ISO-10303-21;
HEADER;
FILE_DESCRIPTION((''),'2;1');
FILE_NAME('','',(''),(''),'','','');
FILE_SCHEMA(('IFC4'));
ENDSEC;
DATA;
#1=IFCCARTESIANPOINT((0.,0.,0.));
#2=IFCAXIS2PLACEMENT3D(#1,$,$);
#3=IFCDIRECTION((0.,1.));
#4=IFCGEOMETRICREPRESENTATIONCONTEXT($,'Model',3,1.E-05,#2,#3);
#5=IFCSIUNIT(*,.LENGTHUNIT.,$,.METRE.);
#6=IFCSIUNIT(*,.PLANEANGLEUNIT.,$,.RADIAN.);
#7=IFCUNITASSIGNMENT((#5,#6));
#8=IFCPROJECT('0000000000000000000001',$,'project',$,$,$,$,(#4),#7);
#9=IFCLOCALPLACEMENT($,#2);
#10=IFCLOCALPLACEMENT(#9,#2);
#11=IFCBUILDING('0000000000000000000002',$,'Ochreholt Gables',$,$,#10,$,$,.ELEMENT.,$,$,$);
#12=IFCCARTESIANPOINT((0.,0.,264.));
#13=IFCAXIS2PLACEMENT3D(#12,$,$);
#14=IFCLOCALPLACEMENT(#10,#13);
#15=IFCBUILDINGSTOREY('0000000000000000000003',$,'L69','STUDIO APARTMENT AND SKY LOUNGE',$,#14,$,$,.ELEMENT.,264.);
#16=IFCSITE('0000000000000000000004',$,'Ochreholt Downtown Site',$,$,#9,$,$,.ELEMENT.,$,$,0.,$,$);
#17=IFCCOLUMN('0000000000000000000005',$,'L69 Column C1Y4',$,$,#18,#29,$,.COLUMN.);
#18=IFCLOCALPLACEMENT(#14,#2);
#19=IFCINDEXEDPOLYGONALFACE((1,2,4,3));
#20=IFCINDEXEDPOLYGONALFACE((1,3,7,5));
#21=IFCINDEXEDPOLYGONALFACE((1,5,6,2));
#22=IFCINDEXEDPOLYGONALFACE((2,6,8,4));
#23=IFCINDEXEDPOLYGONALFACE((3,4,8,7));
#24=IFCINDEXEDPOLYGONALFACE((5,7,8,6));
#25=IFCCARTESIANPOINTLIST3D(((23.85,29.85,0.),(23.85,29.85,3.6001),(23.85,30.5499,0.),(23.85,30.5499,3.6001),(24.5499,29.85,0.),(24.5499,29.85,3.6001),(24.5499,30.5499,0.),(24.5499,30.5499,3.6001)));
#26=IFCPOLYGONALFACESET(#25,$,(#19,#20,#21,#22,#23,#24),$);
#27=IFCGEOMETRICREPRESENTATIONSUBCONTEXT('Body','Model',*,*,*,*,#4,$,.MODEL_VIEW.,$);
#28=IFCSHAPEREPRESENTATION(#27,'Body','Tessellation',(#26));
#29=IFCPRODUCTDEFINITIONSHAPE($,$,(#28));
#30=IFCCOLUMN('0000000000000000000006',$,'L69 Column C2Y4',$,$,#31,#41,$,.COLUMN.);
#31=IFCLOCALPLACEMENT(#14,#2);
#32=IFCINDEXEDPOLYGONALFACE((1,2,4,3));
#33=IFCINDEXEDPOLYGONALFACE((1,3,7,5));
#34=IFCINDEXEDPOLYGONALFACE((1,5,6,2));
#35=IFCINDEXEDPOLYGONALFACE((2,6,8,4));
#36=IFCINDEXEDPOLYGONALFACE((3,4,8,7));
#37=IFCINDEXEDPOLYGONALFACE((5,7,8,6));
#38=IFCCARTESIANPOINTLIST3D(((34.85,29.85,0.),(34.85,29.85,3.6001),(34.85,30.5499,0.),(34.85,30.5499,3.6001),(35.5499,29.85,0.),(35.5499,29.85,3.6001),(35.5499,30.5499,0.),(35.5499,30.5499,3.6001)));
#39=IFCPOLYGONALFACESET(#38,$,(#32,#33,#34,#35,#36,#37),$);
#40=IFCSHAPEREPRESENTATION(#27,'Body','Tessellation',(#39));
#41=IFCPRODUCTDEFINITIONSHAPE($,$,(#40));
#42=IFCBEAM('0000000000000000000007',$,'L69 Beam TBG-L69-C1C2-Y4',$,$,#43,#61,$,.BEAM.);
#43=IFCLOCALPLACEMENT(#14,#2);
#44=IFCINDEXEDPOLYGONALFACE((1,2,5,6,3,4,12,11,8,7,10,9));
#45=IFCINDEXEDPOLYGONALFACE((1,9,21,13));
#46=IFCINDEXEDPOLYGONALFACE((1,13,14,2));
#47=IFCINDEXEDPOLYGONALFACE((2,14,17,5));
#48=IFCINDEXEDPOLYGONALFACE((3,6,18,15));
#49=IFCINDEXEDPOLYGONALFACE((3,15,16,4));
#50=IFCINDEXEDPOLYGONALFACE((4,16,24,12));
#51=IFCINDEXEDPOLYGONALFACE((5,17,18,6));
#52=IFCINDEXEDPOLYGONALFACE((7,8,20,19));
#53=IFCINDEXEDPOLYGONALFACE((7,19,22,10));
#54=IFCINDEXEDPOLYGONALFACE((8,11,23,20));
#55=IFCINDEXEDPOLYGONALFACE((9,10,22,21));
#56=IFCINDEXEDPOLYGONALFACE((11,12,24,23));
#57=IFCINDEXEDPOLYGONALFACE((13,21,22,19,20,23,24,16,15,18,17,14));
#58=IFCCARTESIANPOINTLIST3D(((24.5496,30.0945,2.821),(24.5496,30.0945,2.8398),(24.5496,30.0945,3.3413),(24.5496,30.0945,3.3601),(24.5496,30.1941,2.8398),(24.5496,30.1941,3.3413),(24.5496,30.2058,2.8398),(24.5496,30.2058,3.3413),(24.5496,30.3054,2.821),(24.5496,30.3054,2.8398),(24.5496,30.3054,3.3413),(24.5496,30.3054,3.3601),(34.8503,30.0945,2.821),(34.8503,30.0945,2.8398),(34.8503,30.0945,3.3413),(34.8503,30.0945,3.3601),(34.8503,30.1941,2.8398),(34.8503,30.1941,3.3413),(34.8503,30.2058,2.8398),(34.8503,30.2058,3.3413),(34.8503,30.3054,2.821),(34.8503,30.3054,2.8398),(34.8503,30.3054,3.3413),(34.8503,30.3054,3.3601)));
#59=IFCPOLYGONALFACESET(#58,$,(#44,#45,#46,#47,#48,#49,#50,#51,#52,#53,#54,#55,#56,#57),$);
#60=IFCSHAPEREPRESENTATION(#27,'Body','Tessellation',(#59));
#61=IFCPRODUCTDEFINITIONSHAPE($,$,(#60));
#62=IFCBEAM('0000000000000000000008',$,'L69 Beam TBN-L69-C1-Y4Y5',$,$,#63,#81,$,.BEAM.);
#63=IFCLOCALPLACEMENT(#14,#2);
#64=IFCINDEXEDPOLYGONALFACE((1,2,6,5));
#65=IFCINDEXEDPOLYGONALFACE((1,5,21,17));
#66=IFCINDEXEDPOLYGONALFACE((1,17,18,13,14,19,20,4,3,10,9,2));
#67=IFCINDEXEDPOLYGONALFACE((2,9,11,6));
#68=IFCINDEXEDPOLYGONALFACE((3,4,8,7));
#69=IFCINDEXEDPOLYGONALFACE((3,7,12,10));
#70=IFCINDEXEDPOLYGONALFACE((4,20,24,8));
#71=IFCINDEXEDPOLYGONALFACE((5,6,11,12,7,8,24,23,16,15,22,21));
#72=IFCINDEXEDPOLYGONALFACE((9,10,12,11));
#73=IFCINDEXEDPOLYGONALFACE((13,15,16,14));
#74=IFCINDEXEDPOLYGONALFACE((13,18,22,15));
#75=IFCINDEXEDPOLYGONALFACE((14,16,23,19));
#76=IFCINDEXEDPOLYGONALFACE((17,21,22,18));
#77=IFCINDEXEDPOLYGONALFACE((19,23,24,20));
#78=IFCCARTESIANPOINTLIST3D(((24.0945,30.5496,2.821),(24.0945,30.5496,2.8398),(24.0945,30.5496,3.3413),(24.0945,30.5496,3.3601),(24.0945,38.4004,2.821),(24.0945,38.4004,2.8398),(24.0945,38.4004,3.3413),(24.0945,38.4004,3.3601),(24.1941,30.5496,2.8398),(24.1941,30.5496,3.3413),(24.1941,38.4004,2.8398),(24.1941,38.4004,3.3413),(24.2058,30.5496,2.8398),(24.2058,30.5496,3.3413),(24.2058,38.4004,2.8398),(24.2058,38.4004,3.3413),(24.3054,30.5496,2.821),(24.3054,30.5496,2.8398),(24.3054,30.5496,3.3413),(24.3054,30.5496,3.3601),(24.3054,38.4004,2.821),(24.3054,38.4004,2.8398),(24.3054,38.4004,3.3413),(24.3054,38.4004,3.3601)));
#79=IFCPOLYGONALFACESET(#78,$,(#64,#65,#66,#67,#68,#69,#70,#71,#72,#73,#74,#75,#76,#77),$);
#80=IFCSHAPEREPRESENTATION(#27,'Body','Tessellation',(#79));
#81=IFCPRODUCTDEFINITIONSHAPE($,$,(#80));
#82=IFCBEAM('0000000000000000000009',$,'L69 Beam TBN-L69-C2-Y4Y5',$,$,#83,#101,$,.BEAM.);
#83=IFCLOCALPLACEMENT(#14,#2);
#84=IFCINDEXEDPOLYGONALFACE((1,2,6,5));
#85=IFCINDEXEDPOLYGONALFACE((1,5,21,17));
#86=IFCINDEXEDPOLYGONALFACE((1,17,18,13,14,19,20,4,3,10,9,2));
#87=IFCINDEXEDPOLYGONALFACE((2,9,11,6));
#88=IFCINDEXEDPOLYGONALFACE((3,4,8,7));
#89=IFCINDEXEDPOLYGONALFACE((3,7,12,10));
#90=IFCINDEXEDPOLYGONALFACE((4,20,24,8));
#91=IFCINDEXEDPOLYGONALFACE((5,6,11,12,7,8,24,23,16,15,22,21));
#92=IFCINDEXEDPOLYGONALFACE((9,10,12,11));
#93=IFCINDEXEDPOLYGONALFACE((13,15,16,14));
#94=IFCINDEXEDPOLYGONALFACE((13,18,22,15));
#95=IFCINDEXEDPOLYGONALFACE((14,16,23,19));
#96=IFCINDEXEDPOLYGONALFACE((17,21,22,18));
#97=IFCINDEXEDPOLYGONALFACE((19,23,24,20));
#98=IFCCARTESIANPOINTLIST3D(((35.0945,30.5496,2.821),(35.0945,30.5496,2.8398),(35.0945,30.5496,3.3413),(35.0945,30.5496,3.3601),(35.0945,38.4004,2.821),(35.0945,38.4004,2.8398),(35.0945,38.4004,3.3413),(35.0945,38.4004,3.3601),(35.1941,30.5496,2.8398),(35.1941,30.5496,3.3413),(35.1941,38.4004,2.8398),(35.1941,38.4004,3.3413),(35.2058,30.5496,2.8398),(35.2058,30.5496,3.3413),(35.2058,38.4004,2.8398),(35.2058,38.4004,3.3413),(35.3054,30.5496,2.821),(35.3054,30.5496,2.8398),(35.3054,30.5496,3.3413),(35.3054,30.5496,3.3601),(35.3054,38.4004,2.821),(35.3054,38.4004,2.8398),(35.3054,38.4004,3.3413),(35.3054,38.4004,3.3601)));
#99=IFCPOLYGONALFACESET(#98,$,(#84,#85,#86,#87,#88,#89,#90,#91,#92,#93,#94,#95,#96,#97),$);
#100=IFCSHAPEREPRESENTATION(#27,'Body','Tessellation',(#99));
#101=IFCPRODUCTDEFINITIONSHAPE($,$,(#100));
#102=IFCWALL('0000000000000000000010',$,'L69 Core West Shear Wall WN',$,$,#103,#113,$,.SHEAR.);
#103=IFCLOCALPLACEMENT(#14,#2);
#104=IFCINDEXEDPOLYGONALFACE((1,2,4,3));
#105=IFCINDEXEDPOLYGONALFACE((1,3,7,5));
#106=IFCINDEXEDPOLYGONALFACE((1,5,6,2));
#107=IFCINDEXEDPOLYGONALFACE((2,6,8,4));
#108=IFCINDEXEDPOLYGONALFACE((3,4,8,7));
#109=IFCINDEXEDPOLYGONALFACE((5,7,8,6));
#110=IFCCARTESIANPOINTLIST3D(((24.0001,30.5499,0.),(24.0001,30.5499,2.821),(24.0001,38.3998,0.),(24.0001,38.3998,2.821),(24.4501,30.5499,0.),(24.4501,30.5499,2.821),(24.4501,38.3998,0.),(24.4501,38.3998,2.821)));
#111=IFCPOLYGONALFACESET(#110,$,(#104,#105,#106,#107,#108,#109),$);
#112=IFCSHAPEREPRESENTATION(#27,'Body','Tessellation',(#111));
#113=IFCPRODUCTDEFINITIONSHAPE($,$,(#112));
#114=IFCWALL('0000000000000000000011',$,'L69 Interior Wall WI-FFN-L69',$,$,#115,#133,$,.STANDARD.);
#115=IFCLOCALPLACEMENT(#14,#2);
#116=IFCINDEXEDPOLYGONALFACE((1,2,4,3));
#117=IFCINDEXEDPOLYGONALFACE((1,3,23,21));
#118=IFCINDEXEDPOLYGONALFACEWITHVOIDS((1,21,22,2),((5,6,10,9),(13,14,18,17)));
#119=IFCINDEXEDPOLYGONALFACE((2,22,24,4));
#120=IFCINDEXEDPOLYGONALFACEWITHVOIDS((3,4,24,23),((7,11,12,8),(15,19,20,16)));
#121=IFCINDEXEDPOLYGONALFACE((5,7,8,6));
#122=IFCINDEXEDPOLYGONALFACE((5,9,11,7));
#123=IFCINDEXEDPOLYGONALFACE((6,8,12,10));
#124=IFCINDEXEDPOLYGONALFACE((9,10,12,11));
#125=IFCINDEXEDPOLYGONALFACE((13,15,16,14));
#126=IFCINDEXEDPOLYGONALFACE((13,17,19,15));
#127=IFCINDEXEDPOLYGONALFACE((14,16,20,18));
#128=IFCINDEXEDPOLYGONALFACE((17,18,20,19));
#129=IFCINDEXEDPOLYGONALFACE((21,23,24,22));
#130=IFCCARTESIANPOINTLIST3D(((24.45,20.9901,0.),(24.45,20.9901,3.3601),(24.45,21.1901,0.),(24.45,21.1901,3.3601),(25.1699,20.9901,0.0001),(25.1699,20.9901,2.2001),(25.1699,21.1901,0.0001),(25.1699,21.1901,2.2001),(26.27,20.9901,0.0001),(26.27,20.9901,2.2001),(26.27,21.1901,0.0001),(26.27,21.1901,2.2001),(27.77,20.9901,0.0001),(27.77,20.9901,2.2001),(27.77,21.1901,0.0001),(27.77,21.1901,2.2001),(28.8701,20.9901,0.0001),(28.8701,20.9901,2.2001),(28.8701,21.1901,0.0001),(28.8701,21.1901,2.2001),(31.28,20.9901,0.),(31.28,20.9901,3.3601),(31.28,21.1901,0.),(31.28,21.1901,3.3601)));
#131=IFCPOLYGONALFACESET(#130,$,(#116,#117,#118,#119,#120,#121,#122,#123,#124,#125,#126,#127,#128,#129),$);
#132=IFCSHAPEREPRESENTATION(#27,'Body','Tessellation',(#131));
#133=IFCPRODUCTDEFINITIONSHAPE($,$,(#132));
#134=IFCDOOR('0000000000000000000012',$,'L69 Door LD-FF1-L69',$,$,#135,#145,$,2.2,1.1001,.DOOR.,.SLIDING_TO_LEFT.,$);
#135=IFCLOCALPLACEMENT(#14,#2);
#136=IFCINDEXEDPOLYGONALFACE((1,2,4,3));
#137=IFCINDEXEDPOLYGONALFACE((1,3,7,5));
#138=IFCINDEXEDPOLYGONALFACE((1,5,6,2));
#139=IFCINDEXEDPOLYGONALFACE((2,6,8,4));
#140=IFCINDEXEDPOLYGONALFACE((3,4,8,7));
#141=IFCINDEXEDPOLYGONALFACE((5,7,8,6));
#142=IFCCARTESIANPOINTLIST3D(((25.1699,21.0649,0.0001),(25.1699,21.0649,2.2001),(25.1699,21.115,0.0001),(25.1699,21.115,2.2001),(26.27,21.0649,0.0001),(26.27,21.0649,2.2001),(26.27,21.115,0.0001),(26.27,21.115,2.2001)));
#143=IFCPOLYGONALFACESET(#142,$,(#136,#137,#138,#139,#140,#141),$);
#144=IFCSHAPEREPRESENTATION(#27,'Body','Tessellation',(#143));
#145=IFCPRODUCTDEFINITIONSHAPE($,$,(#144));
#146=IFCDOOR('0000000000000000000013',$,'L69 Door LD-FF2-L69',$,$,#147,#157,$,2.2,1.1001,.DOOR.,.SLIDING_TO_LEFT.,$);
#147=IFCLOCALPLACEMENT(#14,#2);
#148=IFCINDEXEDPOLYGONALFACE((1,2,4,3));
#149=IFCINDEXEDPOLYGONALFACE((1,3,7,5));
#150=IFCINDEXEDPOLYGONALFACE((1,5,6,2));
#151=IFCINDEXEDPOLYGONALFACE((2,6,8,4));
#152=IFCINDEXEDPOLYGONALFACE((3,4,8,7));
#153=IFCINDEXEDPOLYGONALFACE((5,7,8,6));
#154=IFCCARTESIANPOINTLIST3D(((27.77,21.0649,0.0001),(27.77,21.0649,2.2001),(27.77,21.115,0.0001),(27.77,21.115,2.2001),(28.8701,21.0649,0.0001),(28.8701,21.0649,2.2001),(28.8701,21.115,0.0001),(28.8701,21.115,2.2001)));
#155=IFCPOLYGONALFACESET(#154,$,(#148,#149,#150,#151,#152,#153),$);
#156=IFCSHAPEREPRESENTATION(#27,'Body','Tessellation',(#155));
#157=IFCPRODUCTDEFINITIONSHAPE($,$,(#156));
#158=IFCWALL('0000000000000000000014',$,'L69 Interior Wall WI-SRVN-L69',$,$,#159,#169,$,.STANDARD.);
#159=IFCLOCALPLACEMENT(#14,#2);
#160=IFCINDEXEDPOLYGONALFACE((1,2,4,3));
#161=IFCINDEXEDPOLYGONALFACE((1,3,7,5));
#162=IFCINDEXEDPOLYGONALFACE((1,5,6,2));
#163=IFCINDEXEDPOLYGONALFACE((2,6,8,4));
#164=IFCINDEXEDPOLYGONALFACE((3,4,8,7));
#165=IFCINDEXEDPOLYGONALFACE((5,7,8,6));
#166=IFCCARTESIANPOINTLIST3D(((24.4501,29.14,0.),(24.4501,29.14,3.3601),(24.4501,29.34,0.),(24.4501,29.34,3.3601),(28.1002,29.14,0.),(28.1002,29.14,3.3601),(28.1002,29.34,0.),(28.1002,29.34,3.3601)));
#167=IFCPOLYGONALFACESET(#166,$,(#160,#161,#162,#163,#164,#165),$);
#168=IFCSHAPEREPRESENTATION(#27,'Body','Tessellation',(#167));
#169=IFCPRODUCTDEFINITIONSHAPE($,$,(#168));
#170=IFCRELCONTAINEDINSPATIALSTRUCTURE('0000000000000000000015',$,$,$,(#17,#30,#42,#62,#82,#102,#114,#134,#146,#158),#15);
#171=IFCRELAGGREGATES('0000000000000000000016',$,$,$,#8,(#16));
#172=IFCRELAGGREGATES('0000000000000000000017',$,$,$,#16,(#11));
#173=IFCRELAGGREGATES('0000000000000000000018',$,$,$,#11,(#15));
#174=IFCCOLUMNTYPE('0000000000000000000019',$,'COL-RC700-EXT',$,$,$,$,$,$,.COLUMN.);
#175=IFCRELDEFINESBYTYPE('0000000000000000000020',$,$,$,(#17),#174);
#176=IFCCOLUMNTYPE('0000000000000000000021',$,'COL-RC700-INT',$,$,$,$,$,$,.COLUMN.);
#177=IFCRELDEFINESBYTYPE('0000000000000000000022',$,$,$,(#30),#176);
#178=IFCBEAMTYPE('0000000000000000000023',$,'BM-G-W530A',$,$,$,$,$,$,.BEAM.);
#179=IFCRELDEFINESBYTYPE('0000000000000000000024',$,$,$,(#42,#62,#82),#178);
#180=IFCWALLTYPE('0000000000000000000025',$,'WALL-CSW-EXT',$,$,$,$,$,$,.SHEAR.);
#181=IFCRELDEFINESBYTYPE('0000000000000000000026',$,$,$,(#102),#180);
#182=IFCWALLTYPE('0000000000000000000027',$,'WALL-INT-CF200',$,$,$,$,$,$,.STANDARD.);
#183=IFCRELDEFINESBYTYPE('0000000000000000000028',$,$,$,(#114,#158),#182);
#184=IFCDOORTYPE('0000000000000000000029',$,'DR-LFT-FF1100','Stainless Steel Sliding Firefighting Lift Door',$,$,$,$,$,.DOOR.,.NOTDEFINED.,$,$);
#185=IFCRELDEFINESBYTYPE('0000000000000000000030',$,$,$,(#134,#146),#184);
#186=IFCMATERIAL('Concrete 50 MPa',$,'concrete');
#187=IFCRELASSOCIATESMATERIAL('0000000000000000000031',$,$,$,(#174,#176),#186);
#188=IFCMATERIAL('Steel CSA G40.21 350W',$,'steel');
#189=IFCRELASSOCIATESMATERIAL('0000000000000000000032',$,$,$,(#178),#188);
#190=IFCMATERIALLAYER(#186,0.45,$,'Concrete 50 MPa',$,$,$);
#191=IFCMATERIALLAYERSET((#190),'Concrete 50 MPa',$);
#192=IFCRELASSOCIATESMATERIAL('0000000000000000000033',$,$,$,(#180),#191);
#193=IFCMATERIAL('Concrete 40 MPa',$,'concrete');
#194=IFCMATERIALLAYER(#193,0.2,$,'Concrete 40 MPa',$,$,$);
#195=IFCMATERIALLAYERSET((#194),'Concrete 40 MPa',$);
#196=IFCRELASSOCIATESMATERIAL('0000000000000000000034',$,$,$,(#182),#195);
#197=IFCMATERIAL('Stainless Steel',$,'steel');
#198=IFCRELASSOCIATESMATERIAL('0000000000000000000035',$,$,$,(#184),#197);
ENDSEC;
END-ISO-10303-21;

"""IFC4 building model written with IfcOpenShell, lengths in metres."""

from ifc_helpers import new_model, si_unit, direction, frame, frame_2d, origin, origin_2d, place, context, subcontext, project, spatial, rectangle, i_section, extrude, material, layer, layer_set, material_profile, profile_set, type_object, element, fill, save


model = new_model("IFC4")

# Units and contexts
model_context = context("Model", 3, precision=1e-05, world=origin(), true_north=direction((0.0, 1.0)))
body_context = subcontext(model_context, "Body", "Model", "MODEL_VIEW")
ifc_project = project(units=[si_unit("LENGTHUNIT", "METRE"), si_unit("PLANEANGLEUNIT", "RADIAN")], contexts=[model_context])

# Site, building, storey
site_placement = place(None, origin())
site = spatial("IfcSite", under=ifc_project, at=site_placement, Name="Ochreholt Downtown Site", CompositionType="ELEMENT", RefElevation=0.0)
building_placement = place(site_placement, origin())
building = spatial("IfcBuilding", under=site, at=building_placement, Name="Ochreholt Gables", CompositionType="ELEMENT")
storey_placement = place(building_placement, frame((0.0, 0.0, 264.0)))
storey = spatial("IfcBuildingStorey", under=building, at=storey_placement, Name="L69", Description="STUDIO APARTMENT AND SKY LOUNGE", CompositionType="ELEMENT", Elevation=264.0)

# Columns
ifc_material_1 = material(Name="Concrete 50 MPa", Category="concrete")
ifc_material_profile_1 = material_profile(ifc_material_1, rectangle(XDim=0.7, YDim=0.7, at=origin_2d()), Name="RC700X700")
ifc_profile_set_1 = profile_set([ifc_material_profile_1], Name="Concrete 50 MPa")
column_type_1 = type_object("IfcColumnType", Name="COL-RC700-EXT", PredefinedType="COLUMN", material=ifc_profile_set_1)
column_1_placement = place(storey_placement, frame((24.2, 30.2, 0.0), z_axis=(0.0, 0.0, 1.0), x_axis=(1.0, 0.0, 0.0)))
element("IfcColumn", 1, at=column_1_placement, inside=storey, type_object=column_type_1, Name="L69 Column C1Y4", PredefinedType="COLUMN", context=body_context, shape_type="SweptSolid", body=[
    extrude(rectangle(XDim=0.7, YDim=0.7, at=origin_2d()), origin(), (0.0, 0.0, 1.0), 3.6001),
])
ifc_material_profile_2 = material_profile(ifc_material_1, rectangle(XDim=0.7, YDim=0.7, at=origin_2d()), Name="RC700X700")
ifc_profile_set_2 = profile_set([ifc_material_profile_2], Name="Concrete 50 MPa")
column_type_2 = type_object("IfcColumnType", Name="COL-RC700-INT", PredefinedType="COLUMN", material=ifc_profile_set_2)
column_2_placement = place(storey_placement, frame((35.2, 30.2, 0.0), z_axis=(0.0, 0.0, 1.0), x_axis=(1.0, 0.0, 0.0)))
element("IfcColumn", 2, at=column_2_placement, inside=storey, type_object=column_type_2, Name="L69 Column C2Y4", PredefinedType="COLUMN", context=body_context, shape_type="SweptSolid", body=[
    extrude(rectangle(XDim=0.7, YDim=0.7, at=origin_2d()), origin(), (0.0, 0.0, 1.0), 3.6001),
])

# Beams
ifc_material_2 = material(Name="Steel CSA G40.21 350W", Category="steel")
ifc_material_profile_3 = material_profile(ifc_material_2, i_section(OverallWidth=0.2109, OverallDepth=0.5391, WebThickness=0.0117, FlangeThickness=0.0188, at=origin_2d()), Name="W530X109")
ifc_profile_set_3 = profile_set([ifc_material_profile_3], Name="Steel CSA G40.21 350W")
beam_type = type_object("IfcBeamType", Name="BM-G-W530A", PredefinedType="BEAM", material=ifc_profile_set_3)
beam_placement = place(storey_placement, frame((24.5496, 30.2, 3.0906), z_axis=(1.0, 0.0, 0.0), x_axis=(0.0, 1.0, 0.0)))
element("IfcBeam", 3, at=beam_placement, inside=storey, type_object=beam_type, Name="L69 Beam TBG-L69-C1C2-Y4", PredefinedType="BEAM", context=body_context, shape_type="SweptSolid", body=[
    extrude(i_section(OverallWidth=0.2109, OverallDepth=0.5391, WebThickness=0.0117, FlangeThickness=0.0188, at=origin_2d()), origin(), (0.0, 0.0, 1.0), 10.3008),
])
for number, where, z_axis, x_axis, name in (
    (4, (24.2, 30.5496, 3.0906), (0.0, 1.0, 0.0), (-1.0, 0.0, 0.0), "L69 Beam TBN-L69-C1-Y4Y5"),
    (5, (35.2, 30.5496, 3.0906), (0.0, 1.0, 0.0), (-1.0, 0.0, 0.0), "L69 Beam TBN-L69-C2-Y4Y5"),
):
    element("IfcBeam", number, at=place(storey_placement, frame(where, z_axis=z_axis, x_axis=x_axis)), inside=storey, type_object=beam_type, Name=name, PredefinedType="BEAM", context=body_context, shape_type="SweptSolid", body=[
        extrude(i_section(OverallWidth=0.2109, OverallDepth=0.5391, WebThickness=0.0117, FlangeThickness=0.0188, at=origin_2d()), origin(), (0.0, 0.0, 1.0), 7.8508),
    ])

# Wall
ifc_layer_1 = layer(ifc_material_1, 0.45, Name="Concrete 50 MPa")
ifc_layer_set_1 = layer_set([ifc_layer_1], Name="Concrete 50 MPa")
wall_type_1 = type_object("IfcWallType", Name="WALL-CSW-EXT", PredefinedType="SHEAR", material=ifc_layer_set_1)
wall_1_placement = place(storey_placement, frame((24.2251, 30.55, 0.0), z_axis=(0.0, 0.0, 1.0), x_axis=(0.0, 1.0, 0.0)))
element("IfcWall", 6, at=wall_1_placement, inside=storey, type_object=wall_type_1, Name="L69 Core West Shear Wall WN", PredefinedType="SHEAR", context=body_context, shape_type="SweptSolid", body=[
    extrude(rectangle(XDim=7.8499, YDim=0.45, at=frame_2d((3.9248, 0.0))), origin(), (0.0, 0.0, 1.0), 2.821),
])

# Wall, openings, doors
ifc_material_3 = material(Name="Concrete 40 MPa", Category="concrete")
ifc_layer_2 = layer(ifc_material_3, 0.2, Name="Concrete 40 MPa")
ifc_layer_set_2 = layer_set([ifc_layer_2], Name="Concrete 40 MPa")
wall_type_2 = type_object("IfcWallType", Name="WALL-INT-CF200", PredefinedType="STANDARD", material=ifc_layer_set_2)
wall_2_placement = place(storey_placement, frame((24.45, 21.0901, 0.0), z_axis=(0.0, 0.0, 1.0), x_axis=(1.0, 0.0, 0.0)))
wall_2 = element("IfcWall", 7, at=wall_2_placement, inside=storey, type_object=wall_type_2, Name="L69 Interior Wall WI-FFN-L69", PredefinedType="STANDARD", context=body_context, shape_type="SweptSolid", body=[
    extrude(rectangle(XDim=6.8301, YDim=0.2, at=frame_2d((3.415, 0.0))), origin(), (0.0, 0.0, 1.0), 3.3601),
])
opening_1_placement = place(wall_2_placement, frame((0.72, 0.0, 0.0)))
opening_1 = element("IfcOpeningElement", 8, at=opening_1_placement, cuts=wall_2, PredefinedType="OPENING", context=body_context, shape_type="SweptSolid", body=[
    extrude(rectangle(XDim=1.1001, YDim=2.2, at=frame_2d((0.55, 1.1001))), frame((0.0, 0.1099, 0.0), z_axis=(0.0, -1.0, 0.0), x_axis=(1.0, 0.0, 0.0)), (0.0, 0.0, 1.0), 0.22),
])
opening_2_placement = place(wall_2_placement, frame((3.3201, 0.0, 0.0)))
opening_2 = element("IfcOpeningElement", 9, at=opening_2_placement, cuts=wall_2, PredefinedType="OPENING", context=body_context, shape_type="SweptSolid", body=[
    extrude(rectangle(XDim=1.1001, YDim=2.2, at=frame_2d((0.55, 1.1001))), frame((0.0, 0.1099, 0.0), z_axis=(0.0, -1.0, 0.0), x_axis=(1.0, 0.0, 0.0)), (0.0, 0.0, 1.0), 0.22),
])
ifc_material_4 = material(Name="Stainless Steel", Category="steel")
door_type_1 = type_object("IfcDoorType", Name="DR-LFT-FF1100", Description="Stainless Steel Sliding Firefighting Lift Door", OperationType="NOTDEFINED", PredefinedType="DOOR", material=ifc_material_4)
door_1_placement = place(opening_1_placement, origin())
door_1 = element("IfcDoor", 10, at=door_1_placement, inside=storey, type_object=door_type_1, Name="L69 Door LD-FF1-L69", OperationType="SLIDING_TO_LEFT", OverallHeight=2.2, OverallWidth=1.1001, PredefinedType="DOOR", context=body_context, shape_type="SweptSolid", body=[
    extrude(rectangle(XDim=1.1001, YDim=2.2, at=frame_2d((0.55, 1.1001))), frame((0.0, 0.0249, 0.0), z_axis=(0.0, -1.0, 0.0), x_axis=(1.0, 0.0, 0.0)), (0.0, 0.0, 1.0), 0.05),
])
fill(opening_1, door_1)
door_2_placement = place(opening_2_placement, origin())
door_2 = element("IfcDoor", 11, at=door_2_placement, inside=storey, type_object=door_type_1, Name="L69 Door LD-FF2-L69", OperationType="SLIDING_TO_LEFT", OverallHeight=2.2, OverallWidth=1.1001, PredefinedType="DOOR", context=body_context, shape_type="SweptSolid", body=[
    extrude(rectangle(XDim=1.1001, YDim=2.2, at=frame_2d((0.55, 1.1001))), frame((0.0, 0.0249, 0.0), z_axis=(0.0, -1.0, 0.0), x_axis=(1.0, 0.0, 0.0)), (0.0, 0.0, 1.0), 0.05),
])
fill(opening_2, door_2)

# Wall
wall_3_placement = place(storey_placement, frame((24.45, 29.24, 0.0), z_axis=(0.0, 0.0, 1.0), x_axis=(1.0, 0.0, 0.0)))
element("IfcWall", 12, at=wall_3_placement, inside=storey, type_object=wall_type_2, Name="L69 Interior Wall WI-SRVN-L69", PredefinedType="STANDARD", context=body_context, shape_type="SweptSolid", body=[
    extrude(rectangle(XDim=3.6501, YDim=0.2, at=frame_2d((1.8252, 0.0))), origin(), (0.0, 0.0, 1.0), 3.3601),
])

save(model, "model.ifc")
